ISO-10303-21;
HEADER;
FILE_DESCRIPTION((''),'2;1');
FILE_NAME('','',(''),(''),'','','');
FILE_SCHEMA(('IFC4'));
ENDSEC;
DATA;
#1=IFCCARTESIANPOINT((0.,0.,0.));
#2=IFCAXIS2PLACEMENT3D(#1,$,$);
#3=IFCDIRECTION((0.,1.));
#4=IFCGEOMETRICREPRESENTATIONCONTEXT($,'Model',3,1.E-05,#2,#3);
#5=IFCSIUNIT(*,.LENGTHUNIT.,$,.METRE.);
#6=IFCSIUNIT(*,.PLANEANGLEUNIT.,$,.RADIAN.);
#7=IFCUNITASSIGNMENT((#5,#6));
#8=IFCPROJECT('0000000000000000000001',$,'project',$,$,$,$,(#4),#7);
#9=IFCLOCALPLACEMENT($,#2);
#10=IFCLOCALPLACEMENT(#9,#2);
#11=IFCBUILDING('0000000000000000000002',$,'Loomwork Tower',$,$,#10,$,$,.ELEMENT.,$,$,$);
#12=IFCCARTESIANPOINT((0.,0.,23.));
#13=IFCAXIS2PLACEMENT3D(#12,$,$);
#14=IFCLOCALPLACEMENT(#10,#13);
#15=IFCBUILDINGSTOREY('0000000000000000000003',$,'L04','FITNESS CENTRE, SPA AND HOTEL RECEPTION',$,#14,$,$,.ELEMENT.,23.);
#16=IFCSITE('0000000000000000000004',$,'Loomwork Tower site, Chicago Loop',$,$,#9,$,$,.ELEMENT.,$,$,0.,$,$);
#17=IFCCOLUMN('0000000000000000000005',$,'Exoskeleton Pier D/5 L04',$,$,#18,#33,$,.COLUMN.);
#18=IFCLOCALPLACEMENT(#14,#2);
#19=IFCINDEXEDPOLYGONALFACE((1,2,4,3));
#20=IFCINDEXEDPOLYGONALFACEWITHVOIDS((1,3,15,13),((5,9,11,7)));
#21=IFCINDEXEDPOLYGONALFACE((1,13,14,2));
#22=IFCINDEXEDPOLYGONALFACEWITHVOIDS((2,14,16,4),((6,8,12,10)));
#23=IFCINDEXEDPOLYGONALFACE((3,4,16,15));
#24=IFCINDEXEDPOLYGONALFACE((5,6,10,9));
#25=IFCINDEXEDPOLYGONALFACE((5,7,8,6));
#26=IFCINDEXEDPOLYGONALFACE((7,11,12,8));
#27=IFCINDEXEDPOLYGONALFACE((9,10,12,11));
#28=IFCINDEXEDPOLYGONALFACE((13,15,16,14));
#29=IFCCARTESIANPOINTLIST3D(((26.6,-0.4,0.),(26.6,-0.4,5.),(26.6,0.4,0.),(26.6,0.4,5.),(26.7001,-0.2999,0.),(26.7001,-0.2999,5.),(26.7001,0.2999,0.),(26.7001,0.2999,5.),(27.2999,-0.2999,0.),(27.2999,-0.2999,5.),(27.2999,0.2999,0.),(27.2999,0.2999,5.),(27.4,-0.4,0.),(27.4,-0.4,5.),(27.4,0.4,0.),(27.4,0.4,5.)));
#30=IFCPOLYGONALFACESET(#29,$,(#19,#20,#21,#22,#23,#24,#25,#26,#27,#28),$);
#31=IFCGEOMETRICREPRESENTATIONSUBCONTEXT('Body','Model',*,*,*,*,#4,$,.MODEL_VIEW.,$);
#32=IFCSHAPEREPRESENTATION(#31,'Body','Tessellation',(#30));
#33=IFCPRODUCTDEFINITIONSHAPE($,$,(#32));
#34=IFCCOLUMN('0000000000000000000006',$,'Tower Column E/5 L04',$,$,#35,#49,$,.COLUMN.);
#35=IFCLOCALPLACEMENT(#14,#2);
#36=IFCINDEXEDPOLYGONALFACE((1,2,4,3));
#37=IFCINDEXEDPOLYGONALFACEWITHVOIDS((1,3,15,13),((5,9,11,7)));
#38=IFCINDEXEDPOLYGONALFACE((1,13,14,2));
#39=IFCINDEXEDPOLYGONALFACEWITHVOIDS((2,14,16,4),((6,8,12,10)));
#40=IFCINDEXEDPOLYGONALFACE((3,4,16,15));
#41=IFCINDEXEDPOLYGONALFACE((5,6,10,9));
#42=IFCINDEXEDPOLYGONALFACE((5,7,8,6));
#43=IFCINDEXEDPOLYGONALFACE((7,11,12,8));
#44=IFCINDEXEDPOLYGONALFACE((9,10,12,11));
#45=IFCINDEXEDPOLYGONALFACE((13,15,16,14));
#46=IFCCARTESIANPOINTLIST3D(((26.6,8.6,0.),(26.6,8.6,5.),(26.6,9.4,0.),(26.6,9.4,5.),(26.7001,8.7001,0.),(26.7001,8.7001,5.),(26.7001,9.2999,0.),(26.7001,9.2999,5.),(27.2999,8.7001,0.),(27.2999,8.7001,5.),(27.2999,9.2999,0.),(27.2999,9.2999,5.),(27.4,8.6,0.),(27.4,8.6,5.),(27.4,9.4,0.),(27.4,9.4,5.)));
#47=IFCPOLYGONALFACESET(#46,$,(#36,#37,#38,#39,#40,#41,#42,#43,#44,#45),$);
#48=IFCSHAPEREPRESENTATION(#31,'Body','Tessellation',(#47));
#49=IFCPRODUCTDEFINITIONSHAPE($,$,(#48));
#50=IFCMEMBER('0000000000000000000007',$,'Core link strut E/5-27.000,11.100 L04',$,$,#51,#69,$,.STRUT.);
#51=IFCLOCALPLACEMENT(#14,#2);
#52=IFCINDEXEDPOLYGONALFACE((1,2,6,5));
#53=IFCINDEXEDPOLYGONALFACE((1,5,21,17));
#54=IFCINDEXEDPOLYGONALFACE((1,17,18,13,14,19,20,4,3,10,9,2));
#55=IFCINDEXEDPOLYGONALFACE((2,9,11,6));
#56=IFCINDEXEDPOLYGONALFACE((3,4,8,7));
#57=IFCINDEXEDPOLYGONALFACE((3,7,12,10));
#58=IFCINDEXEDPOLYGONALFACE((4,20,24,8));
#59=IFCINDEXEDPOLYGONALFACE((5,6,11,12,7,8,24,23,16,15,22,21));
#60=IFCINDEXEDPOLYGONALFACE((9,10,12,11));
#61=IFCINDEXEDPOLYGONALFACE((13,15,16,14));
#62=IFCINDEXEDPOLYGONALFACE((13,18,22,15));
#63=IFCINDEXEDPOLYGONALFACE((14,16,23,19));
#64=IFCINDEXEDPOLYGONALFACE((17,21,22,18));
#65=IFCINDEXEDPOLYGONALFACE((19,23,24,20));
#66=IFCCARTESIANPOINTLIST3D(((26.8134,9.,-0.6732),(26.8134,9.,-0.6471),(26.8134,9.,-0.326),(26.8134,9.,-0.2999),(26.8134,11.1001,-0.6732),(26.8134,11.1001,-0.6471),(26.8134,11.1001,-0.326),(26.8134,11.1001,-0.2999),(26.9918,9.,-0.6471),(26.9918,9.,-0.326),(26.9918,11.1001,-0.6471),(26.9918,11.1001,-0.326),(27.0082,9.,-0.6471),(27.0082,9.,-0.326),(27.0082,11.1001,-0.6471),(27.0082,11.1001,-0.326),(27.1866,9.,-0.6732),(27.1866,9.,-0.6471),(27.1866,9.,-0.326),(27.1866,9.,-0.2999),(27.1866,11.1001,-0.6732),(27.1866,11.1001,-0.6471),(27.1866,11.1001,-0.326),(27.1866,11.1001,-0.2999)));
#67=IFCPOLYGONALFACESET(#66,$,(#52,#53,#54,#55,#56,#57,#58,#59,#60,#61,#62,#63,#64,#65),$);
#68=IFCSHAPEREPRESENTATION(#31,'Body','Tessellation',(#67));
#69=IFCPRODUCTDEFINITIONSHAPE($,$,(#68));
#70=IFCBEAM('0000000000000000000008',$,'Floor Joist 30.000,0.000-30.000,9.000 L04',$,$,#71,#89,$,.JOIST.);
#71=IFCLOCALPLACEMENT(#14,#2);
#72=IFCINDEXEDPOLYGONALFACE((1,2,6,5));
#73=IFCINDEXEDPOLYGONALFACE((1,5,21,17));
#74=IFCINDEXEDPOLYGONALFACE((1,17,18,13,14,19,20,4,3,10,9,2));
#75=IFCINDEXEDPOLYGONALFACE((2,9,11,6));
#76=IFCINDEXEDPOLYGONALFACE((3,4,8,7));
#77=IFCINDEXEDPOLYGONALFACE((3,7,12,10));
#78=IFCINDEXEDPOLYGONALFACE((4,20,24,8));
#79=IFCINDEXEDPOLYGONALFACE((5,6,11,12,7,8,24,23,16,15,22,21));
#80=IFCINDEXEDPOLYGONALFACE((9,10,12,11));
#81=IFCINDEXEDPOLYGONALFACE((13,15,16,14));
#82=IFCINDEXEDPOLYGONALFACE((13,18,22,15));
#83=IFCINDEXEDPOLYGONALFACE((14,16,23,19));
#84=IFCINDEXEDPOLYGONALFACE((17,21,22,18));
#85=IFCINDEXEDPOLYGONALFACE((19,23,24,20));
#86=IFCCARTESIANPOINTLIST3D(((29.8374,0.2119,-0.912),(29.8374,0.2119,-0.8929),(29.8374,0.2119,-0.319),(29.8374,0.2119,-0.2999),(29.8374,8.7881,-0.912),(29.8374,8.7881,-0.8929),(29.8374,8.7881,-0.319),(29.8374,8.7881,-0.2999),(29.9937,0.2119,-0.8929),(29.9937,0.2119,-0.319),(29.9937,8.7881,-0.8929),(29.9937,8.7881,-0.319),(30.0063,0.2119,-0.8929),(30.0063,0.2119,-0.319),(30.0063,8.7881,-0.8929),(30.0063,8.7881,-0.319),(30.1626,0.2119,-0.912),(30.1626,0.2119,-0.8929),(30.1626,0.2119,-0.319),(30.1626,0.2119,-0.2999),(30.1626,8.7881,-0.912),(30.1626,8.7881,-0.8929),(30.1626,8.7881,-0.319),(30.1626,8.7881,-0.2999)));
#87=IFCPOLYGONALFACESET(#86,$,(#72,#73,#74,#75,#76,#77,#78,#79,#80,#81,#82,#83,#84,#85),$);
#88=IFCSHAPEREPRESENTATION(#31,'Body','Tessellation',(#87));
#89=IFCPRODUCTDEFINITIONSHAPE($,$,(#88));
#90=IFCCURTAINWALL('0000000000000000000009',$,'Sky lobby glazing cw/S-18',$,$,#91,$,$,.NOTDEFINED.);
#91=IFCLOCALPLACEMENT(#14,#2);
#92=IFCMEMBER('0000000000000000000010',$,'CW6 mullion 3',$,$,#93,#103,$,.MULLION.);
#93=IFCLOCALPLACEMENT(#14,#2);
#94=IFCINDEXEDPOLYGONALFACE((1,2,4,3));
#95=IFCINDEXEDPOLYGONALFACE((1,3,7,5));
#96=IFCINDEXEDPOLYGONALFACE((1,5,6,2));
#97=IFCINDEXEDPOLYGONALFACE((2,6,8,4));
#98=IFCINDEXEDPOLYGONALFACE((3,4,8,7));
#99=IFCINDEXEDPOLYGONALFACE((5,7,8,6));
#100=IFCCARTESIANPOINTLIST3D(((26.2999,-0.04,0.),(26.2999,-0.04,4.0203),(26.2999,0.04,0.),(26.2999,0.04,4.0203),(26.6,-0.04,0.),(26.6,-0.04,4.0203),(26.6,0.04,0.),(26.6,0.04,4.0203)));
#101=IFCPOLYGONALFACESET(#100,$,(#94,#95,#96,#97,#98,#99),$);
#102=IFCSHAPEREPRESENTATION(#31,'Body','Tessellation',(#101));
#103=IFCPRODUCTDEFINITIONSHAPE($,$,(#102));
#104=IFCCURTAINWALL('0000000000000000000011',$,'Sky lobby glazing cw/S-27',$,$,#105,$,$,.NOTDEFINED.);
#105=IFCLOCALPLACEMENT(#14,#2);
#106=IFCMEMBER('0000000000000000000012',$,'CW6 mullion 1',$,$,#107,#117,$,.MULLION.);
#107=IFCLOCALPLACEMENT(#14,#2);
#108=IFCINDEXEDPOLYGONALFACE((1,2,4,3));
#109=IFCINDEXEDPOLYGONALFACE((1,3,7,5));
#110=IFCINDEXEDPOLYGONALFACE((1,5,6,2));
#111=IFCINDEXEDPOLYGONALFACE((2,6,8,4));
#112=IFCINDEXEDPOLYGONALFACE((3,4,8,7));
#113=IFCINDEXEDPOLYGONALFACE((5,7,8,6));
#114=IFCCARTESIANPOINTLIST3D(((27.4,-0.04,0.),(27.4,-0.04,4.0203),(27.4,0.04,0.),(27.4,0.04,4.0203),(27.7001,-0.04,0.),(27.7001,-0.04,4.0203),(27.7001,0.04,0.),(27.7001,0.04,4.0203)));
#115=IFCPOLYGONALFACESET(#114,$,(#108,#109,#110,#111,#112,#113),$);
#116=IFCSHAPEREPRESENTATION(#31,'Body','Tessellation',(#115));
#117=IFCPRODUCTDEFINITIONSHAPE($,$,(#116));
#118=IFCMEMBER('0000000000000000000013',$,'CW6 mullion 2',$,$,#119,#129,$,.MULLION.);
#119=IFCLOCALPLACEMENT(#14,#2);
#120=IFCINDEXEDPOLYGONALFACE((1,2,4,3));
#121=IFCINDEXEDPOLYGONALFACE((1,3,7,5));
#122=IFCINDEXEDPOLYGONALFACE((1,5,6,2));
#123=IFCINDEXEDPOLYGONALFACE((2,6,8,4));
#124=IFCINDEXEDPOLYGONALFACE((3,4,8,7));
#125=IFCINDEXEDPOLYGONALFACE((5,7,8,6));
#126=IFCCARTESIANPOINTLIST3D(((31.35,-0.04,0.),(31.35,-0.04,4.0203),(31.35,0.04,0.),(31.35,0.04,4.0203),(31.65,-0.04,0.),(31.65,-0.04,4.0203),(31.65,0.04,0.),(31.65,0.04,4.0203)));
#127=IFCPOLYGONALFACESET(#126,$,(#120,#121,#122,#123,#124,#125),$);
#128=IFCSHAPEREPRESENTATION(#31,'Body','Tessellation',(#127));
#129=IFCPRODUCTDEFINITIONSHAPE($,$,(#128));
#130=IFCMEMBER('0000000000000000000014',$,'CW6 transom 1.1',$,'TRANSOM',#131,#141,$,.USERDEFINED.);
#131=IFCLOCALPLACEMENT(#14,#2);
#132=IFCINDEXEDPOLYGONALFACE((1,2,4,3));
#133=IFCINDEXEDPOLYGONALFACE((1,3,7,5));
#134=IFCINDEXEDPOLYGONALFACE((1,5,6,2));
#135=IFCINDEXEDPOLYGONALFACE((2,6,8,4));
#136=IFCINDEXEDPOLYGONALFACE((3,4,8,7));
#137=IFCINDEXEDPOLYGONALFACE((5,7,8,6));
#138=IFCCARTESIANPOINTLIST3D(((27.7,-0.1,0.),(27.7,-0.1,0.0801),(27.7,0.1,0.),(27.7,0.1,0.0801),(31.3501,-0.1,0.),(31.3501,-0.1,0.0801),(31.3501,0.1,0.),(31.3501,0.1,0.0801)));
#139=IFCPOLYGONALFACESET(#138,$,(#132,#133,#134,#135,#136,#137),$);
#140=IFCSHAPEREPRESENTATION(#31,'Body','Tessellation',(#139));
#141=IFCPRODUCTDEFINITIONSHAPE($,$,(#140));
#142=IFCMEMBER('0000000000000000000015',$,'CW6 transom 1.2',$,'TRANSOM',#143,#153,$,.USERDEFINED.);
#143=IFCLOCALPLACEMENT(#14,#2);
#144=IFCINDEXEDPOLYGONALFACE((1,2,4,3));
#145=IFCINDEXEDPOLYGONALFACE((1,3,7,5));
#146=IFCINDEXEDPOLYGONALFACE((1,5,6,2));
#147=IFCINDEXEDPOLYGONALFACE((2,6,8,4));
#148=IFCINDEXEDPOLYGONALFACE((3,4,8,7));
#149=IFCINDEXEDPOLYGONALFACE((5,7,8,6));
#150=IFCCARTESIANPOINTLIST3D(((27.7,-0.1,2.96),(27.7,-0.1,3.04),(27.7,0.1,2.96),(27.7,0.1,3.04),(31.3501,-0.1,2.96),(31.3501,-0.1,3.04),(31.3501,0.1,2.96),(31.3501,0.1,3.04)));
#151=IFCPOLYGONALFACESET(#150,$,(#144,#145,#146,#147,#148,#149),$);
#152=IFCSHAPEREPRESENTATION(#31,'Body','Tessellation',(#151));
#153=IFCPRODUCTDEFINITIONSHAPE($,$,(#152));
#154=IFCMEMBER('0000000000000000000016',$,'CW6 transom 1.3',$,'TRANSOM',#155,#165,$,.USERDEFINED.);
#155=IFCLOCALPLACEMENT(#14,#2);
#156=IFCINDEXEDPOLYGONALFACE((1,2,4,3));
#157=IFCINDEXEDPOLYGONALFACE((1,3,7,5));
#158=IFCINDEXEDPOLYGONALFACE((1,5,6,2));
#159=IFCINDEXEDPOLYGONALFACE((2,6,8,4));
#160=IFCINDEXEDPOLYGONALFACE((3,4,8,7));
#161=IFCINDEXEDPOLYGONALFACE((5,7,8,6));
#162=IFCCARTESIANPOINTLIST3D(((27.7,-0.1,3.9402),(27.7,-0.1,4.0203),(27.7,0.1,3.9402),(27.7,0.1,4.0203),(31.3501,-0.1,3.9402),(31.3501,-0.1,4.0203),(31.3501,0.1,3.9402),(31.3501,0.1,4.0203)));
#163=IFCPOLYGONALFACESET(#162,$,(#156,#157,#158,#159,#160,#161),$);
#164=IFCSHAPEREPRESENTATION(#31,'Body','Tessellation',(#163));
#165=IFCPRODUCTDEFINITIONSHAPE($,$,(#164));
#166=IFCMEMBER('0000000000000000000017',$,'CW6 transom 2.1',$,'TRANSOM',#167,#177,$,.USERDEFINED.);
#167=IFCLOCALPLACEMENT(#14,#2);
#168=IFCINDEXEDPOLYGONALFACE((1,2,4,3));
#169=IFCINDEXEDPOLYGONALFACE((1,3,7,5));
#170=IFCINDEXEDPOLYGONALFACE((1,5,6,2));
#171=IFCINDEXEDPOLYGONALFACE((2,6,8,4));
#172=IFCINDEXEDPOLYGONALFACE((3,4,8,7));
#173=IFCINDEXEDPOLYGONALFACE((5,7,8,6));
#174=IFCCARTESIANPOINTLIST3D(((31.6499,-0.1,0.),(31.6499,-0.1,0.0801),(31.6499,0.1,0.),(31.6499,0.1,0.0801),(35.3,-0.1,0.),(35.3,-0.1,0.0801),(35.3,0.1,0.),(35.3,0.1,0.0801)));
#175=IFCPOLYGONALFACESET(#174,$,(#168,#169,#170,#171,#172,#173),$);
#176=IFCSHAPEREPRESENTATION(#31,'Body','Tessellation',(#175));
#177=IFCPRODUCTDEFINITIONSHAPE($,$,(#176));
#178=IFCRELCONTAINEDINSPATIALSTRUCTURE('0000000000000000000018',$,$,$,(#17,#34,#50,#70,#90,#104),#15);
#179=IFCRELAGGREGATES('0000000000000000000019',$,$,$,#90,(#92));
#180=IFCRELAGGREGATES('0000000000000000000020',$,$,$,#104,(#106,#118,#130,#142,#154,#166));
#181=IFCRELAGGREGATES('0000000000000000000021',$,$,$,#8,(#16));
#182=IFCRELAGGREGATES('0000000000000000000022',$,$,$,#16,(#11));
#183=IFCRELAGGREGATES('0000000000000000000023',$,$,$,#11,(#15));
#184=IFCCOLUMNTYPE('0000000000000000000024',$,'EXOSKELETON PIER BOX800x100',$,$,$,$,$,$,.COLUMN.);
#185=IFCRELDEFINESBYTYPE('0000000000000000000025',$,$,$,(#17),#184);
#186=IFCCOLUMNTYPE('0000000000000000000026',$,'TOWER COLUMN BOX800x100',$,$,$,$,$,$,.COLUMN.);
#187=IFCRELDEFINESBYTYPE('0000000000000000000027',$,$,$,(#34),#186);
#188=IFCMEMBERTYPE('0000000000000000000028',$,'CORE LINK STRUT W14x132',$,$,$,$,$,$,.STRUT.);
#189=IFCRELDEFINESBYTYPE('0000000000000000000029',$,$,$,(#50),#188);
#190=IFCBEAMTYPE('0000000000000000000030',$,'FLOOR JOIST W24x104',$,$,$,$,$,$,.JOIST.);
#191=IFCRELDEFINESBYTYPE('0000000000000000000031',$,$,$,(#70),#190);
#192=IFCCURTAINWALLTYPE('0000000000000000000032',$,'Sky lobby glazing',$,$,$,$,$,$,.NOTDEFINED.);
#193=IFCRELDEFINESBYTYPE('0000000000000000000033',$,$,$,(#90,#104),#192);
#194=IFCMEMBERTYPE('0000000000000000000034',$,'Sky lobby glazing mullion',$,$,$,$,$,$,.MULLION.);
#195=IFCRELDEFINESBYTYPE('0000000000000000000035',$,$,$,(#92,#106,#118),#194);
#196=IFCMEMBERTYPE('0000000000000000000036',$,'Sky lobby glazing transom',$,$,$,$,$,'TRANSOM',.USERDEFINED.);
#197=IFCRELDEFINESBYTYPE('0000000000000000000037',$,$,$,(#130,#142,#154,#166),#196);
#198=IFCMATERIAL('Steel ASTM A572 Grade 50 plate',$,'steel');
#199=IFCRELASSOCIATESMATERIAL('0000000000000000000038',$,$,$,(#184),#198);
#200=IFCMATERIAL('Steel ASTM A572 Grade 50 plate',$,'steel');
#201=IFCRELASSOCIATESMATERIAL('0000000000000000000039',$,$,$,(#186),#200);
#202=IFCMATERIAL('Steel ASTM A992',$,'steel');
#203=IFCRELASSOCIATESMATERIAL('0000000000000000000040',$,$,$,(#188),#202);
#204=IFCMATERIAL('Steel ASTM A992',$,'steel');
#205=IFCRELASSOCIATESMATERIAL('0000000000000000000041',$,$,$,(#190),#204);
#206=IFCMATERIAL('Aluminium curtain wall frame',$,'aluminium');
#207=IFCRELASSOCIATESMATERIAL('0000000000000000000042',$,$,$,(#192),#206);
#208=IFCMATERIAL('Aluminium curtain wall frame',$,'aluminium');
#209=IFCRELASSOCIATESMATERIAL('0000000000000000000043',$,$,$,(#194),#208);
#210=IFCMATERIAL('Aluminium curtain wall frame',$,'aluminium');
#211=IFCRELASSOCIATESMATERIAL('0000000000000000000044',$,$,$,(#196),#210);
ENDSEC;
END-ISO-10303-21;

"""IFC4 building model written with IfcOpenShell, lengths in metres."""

from ifc_helpers import new_model, si_unit, direction, frame, origin, origin_2d, place, context, subcontext, project, spatial, rectangle, hollow_rectangle, i_section, extrude, material, material_profile, profile_set, type_object, element, aggregate, save


model = new_model("IFC4")

# Units and contexts
model_context = context("Model", 3, precision=1e-05, world=origin(), true_north=direction((0.0, 1.0)))
body_context = subcontext(model_context, "Body", "Model", "MODEL_VIEW")
ifc_project = project(units=[si_unit("LENGTHUNIT", "METRE"), si_unit("PLANEANGLEUNIT", "RADIAN")], contexts=[model_context])

# Site, building, storey
site_placement = place(None, origin())
site = spatial("IfcSite", under=ifc_project, at=site_placement, Name="Loomwork Tower site, Chicago Loop", CompositionType="ELEMENT", RefElevation=0.0)
building_placement = place(site_placement, origin())
building = spatial("IfcBuilding", under=site, at=building_placement, Name="Loomwork Tower", CompositionType="ELEMENT")
storey_placement = place(building_placement, frame((0.0, 0.0, 23.0)))
storey = spatial("IfcBuildingStorey", under=building, at=storey_placement, Name="L04", Description="FITNESS CENTRE, SPA AND HOTEL RECEPTION", CompositionType="ELEMENT", Elevation=23.0)

# Columns
ifc_material_1 = material(Name="Steel ASTM A572 Grade 50 plate", Category="steel")
ifc_material_profile_1 = material_profile(ifc_material_1, hollow_rectangle(XDim=0.8, YDim=0.8, WallThickness=0.1001, at=origin_2d()), Name="BOX800x100")
ifc_profile_set_1 = profile_set([ifc_material_profile_1], Name="Steel ASTM A572 Grade 50 plate")
column_type_1 = type_object("IfcColumnType", Name="EXOSKELETON PIER BOX800x100", PredefinedType="COLUMN", material=ifc_profile_set_1)
column_1_placement = place(storey_placement, frame((27.0, 0.0, 0.0), z_axis=(0.0, 0.0, 1.0), x_axis=(1.0, 0.0, 0.0)))
element("IfcColumn", 1, at=column_1_placement, inside=storey, type_object=column_type_1, Name="Exoskeleton Pier D/5 L04", PredefinedType="COLUMN", context=body_context, shape_type="SweptSolid", body=[
    extrude(hollow_rectangle(XDim=0.8, YDim=0.8, WallThickness=0.1001, at=origin_2d()), origin(), (0.0, 0.0, 1.0), 5.0),
])
ifc_material_2 = material(Name="Steel ASTM A572 Grade 50 plate", Category="steel")
ifc_material_profile_2 = material_profile(ifc_material_2, hollow_rectangle(XDim=0.8, YDim=0.8, WallThickness=0.1001, at=origin_2d()), Name="BOX800x100")
ifc_profile_set_2 = profile_set([ifc_material_profile_2], Name="Steel ASTM A572 Grade 50 plate")
column_type_2 = type_object("IfcColumnType", Name="TOWER COLUMN BOX800x100", PredefinedType="COLUMN", material=ifc_profile_set_2)
column_2_placement = place(storey_placement, frame((27.0, 9.0, 0.0), z_axis=(0.0, 0.0, 1.0), x_axis=(1.0, 0.0, 0.0)))
element("IfcColumn", 2, at=column_2_placement, inside=storey, type_object=column_type_2, Name="Tower Column E/5 L04", PredefinedType="COLUMN", context=body_context, shape_type="SweptSolid", body=[
    extrude(hollow_rectangle(XDim=0.8, YDim=0.8, WallThickness=0.1001, at=origin_2d()), origin(), (0.0, 0.0, 1.0), 5.0),
])

# Member
ifc_material_3 = material(Name="Steel ASTM A992", Category="steel")
ifc_material_profile_3 = material_profile(ifc_material_3, i_section(OverallWidth=0.3733, OverallDepth=0.3733, WebThickness=0.0164, FlangeThickness=0.0261, at=origin_2d()), Name="W14x132")
ifc_profile_set_3 = profile_set([ifc_material_profile_3], Name="Steel ASTM A992")
member_type_1 = type_object("IfcMemberType", Name="CORE LINK STRUT W14x132", PredefinedType="STRUT", material=ifc_profile_set_3)
member_1_placement = place(storey_placement, frame((27.0, 9.0, -0.4866), z_axis=(0.0, 1.0, 0.0), x_axis=(-1.0, 0.0, 0.0)))
element("IfcMember", 3, at=member_1_placement, inside=storey, type_object=member_type_1, Name="Core link strut E/5-27.000,11.100 L04", PredefinedType="STRUT", context=body_context, shape_type="SweptSolid", body=[
    extrude(i_section(OverallWidth=0.3733, OverallDepth=0.3733, WebThickness=0.0164, FlangeThickness=0.0261, at=origin_2d()), origin(), (0.0, 0.0, 1.0), 2.1001),
])

# Beam
ifc_material_4 = material(Name="Steel ASTM A992", Category="steel")
ifc_material_profile_4 = material_profile(ifc_material_4, i_section(OverallWidth=0.3252, OverallDepth=0.6121, WebThickness=0.0127, FlangeThickness=0.019, at=origin_2d()), Name="W24x104")
ifc_profile_set_4 = profile_set([ifc_material_profile_4], Name="Steel ASTM A992")
beam_type_1 = type_object("IfcBeamType", Name="FLOOR JOIST W24x104", PredefinedType="JOIST", material=ifc_profile_set_4)
beam_placement = place(storey_placement, frame((30.0, 0.2119, -0.606), z_axis=(0.0, 1.0, 0.0), x_axis=(-1.0, 0.0, 0.0)))
element("IfcBeam", 4, at=beam_placement, inside=storey, type_object=beam_type_1, Name="Floor Joist 30.000,0.000-30.000,9.000 L04", PredefinedType="JOIST", context=body_context, shape_type="SweptSolid", body=[
    extrude(i_section(OverallWidth=0.3252, OverallDepth=0.6121, WebThickness=0.0127, FlangeThickness=0.019, at=origin_2d()), origin(), (0.0, 0.0, 1.0), 8.5762),
])

# Curtain wall, member
ifc_material_5 = material(Name="Aluminium curtain wall frame", Category="aluminium")
curtain_wall_type = type_object("IfcCurtainWallType", Name="Sky lobby glazing", PredefinedType="NOTDEFINED", material=ifc_material_5)
curtain_wall_1_placement = place(storey_placement, origin())
curtain_wall_1 = element("IfcCurtainWall", 5, at=curtain_wall_1_placement, inside=storey, type_object=curtain_wall_type, Name="Sky lobby glazing cw/S-18", PredefinedType="NOTDEFINED")
ifc_material_6 = material(Name="Aluminium curtain wall frame", Category="aluminium")
ifc_material_profile_5 = material_profile(ifc_material_6, rectangle(XDim=0.0801, YDim=0.3, at=origin_2d()), Name="AL 80x300")
ifc_profile_set_5 = profile_set([ifc_material_profile_5], Name="Aluminium curtain wall frame")
member_type_2 = type_object("IfcMemberType", Name="Sky lobby glazing mullion", PredefinedType="MULLION", material=ifc_profile_set_5)
member_2_placement = place(storey_placement, frame((26.45, 0.0, 0.0), z_axis=(0.0, 0.0, 1.0), x_axis=(0.0, 1.0, 0.0)))
member_2 = element("IfcMember", 6, at=member_2_placement, type_object=member_type_2, Name="CW6 mullion 3", PredefinedType="MULLION", context=body_context, shape_type="SweptSolid", body=[
    extrude(rectangle(XDim=0.0801, YDim=0.3, at=origin_2d()), origin(), (0.0, 0.0, 1.0), 4.0203),
])

# Curtain wall, members
curtain_wall_2_placement = place(storey_placement, origin())
curtain_wall_2 = element("IfcCurtainWall", 7, at=curtain_wall_2_placement, inside=storey, type_object=curtain_wall_type, Name="Sky lobby glazing cw/S-27", PredefinedType="NOTDEFINED")
member_3_placement = place(storey_placement, frame((27.55, 0.0, 0.0), z_axis=(0.0, 0.0, 1.0), x_axis=(0.0, 1.0, 0.0)))
member_3 = element("IfcMember", 8, at=member_3_placement, type_object=member_type_2, Name="CW6 mullion 1", PredefinedType="MULLION", context=body_context, shape_type="SweptSolid", body=[
    extrude(rectangle(XDim=0.0801, YDim=0.3, at=origin_2d()), origin(), (0.0, 0.0, 1.0), 4.0203),
])
member_4_placement = place(storey_placement, frame((31.5, 0.0, 0.0), z_axis=(0.0, 0.0, 1.0), x_axis=(0.0, 1.0, 0.0)))
member_4 = element("IfcMember", 9, at=member_4_placement, type_object=member_type_2, Name="CW6 mullion 2", PredefinedType="MULLION", context=body_context, shape_type="SweptSolid", body=[
    extrude(rectangle(XDim=0.0801, YDim=0.3, at=origin_2d()), origin(), (0.0, 0.0, 1.0), 4.0203),
])
ifc_material_7 = material(Name="Aluminium curtain wall frame", Category="aluminium")
ifc_material_profile_6 = material_profile(ifc_material_7, rectangle(XDim=0.2, YDim=0.0801, at=origin_2d()), Name="AL 80x200")
ifc_profile_set_6 = profile_set([ifc_material_profile_6], Name="Aluminium curtain wall frame")
member_type_3 = type_object("IfcMemberType", Name="Sky lobby glazing transom", ElementType="TRANSOM", PredefinedType="USERDEFINED", material=ifc_profile_set_6)
member_5_placement = place(storey_placement, frame((27.7, 0.0, 0.04), z_axis=(1.0, 0.0, 0.0), x_axis=(0.0, 1.0, 0.0)))
member_5 = element("IfcMember", 10, at=member_5_placement, type_object=member_type_3, Name="CW6 transom 1.1", ObjectType="TRANSOM", PredefinedType="USERDEFINED", context=body_context, shape_type="SweptSolid", body=[
    extrude(rectangle(XDim=0.2, YDim=0.0801, at=origin_2d()), origin(), (0.0, 0.0, 1.0), 3.6501),
])
member_6_placement = place(storey_placement, frame((27.7, 0.0, 3.0), z_axis=(1.0, 0.0, 0.0), x_axis=(0.0, 1.0, 0.0)))
member_6 = element("IfcMember", 11, at=member_6_placement, type_object=member_type_3, Name="CW6 transom 1.2", ObjectType="TRANSOM", PredefinedType="USERDEFINED", context=body_context, shape_type="SweptSolid", body=[
    extrude(rectangle(XDim=0.2, YDim=0.0801, at=origin_2d()), origin(), (0.0, 0.0, 1.0), 3.6501),
])
member_7_placement = place(storey_placement, frame((27.7, 0.0, 3.9802), z_axis=(1.0, 0.0, 0.0), x_axis=(0.0, 1.0, 0.0)))
member_7 = element("IfcMember", 12, at=member_7_placement, type_object=member_type_3, Name="CW6 transom 1.3", ObjectType="TRANSOM", PredefinedType="USERDEFINED", context=body_context, shape_type="SweptSolid", body=[
    extrude(rectangle(XDim=0.2, YDim=0.0801, at=origin_2d()), origin(), (0.0, 0.0, 1.0), 3.6501),
])
member_8_placement = place(storey_placement, frame((31.6499, 0.0, 0.04), z_axis=(1.0, 0.0, 0.0), x_axis=(0.0, 1.0, 0.0)))
member_8 = element("IfcMember", 13, at=member_8_placement, type_object=member_type_3, Name="CW6 transom 2.1", ObjectType="TRANSOM", PredefinedType="USERDEFINED", context=body_context, shape_type="SweptSolid", body=[
    extrude(rectangle(XDim=0.2, YDim=0.0801, at=origin_2d()), origin(), (0.0, 0.0, 1.0), 3.6501),
])

aggregate(curtain_wall_1, [member_2])
aggregate(curtain_wall_2, [member_3, member_4, member_5, member_6, member_7, member_8])

save(model, "model.ifc")
